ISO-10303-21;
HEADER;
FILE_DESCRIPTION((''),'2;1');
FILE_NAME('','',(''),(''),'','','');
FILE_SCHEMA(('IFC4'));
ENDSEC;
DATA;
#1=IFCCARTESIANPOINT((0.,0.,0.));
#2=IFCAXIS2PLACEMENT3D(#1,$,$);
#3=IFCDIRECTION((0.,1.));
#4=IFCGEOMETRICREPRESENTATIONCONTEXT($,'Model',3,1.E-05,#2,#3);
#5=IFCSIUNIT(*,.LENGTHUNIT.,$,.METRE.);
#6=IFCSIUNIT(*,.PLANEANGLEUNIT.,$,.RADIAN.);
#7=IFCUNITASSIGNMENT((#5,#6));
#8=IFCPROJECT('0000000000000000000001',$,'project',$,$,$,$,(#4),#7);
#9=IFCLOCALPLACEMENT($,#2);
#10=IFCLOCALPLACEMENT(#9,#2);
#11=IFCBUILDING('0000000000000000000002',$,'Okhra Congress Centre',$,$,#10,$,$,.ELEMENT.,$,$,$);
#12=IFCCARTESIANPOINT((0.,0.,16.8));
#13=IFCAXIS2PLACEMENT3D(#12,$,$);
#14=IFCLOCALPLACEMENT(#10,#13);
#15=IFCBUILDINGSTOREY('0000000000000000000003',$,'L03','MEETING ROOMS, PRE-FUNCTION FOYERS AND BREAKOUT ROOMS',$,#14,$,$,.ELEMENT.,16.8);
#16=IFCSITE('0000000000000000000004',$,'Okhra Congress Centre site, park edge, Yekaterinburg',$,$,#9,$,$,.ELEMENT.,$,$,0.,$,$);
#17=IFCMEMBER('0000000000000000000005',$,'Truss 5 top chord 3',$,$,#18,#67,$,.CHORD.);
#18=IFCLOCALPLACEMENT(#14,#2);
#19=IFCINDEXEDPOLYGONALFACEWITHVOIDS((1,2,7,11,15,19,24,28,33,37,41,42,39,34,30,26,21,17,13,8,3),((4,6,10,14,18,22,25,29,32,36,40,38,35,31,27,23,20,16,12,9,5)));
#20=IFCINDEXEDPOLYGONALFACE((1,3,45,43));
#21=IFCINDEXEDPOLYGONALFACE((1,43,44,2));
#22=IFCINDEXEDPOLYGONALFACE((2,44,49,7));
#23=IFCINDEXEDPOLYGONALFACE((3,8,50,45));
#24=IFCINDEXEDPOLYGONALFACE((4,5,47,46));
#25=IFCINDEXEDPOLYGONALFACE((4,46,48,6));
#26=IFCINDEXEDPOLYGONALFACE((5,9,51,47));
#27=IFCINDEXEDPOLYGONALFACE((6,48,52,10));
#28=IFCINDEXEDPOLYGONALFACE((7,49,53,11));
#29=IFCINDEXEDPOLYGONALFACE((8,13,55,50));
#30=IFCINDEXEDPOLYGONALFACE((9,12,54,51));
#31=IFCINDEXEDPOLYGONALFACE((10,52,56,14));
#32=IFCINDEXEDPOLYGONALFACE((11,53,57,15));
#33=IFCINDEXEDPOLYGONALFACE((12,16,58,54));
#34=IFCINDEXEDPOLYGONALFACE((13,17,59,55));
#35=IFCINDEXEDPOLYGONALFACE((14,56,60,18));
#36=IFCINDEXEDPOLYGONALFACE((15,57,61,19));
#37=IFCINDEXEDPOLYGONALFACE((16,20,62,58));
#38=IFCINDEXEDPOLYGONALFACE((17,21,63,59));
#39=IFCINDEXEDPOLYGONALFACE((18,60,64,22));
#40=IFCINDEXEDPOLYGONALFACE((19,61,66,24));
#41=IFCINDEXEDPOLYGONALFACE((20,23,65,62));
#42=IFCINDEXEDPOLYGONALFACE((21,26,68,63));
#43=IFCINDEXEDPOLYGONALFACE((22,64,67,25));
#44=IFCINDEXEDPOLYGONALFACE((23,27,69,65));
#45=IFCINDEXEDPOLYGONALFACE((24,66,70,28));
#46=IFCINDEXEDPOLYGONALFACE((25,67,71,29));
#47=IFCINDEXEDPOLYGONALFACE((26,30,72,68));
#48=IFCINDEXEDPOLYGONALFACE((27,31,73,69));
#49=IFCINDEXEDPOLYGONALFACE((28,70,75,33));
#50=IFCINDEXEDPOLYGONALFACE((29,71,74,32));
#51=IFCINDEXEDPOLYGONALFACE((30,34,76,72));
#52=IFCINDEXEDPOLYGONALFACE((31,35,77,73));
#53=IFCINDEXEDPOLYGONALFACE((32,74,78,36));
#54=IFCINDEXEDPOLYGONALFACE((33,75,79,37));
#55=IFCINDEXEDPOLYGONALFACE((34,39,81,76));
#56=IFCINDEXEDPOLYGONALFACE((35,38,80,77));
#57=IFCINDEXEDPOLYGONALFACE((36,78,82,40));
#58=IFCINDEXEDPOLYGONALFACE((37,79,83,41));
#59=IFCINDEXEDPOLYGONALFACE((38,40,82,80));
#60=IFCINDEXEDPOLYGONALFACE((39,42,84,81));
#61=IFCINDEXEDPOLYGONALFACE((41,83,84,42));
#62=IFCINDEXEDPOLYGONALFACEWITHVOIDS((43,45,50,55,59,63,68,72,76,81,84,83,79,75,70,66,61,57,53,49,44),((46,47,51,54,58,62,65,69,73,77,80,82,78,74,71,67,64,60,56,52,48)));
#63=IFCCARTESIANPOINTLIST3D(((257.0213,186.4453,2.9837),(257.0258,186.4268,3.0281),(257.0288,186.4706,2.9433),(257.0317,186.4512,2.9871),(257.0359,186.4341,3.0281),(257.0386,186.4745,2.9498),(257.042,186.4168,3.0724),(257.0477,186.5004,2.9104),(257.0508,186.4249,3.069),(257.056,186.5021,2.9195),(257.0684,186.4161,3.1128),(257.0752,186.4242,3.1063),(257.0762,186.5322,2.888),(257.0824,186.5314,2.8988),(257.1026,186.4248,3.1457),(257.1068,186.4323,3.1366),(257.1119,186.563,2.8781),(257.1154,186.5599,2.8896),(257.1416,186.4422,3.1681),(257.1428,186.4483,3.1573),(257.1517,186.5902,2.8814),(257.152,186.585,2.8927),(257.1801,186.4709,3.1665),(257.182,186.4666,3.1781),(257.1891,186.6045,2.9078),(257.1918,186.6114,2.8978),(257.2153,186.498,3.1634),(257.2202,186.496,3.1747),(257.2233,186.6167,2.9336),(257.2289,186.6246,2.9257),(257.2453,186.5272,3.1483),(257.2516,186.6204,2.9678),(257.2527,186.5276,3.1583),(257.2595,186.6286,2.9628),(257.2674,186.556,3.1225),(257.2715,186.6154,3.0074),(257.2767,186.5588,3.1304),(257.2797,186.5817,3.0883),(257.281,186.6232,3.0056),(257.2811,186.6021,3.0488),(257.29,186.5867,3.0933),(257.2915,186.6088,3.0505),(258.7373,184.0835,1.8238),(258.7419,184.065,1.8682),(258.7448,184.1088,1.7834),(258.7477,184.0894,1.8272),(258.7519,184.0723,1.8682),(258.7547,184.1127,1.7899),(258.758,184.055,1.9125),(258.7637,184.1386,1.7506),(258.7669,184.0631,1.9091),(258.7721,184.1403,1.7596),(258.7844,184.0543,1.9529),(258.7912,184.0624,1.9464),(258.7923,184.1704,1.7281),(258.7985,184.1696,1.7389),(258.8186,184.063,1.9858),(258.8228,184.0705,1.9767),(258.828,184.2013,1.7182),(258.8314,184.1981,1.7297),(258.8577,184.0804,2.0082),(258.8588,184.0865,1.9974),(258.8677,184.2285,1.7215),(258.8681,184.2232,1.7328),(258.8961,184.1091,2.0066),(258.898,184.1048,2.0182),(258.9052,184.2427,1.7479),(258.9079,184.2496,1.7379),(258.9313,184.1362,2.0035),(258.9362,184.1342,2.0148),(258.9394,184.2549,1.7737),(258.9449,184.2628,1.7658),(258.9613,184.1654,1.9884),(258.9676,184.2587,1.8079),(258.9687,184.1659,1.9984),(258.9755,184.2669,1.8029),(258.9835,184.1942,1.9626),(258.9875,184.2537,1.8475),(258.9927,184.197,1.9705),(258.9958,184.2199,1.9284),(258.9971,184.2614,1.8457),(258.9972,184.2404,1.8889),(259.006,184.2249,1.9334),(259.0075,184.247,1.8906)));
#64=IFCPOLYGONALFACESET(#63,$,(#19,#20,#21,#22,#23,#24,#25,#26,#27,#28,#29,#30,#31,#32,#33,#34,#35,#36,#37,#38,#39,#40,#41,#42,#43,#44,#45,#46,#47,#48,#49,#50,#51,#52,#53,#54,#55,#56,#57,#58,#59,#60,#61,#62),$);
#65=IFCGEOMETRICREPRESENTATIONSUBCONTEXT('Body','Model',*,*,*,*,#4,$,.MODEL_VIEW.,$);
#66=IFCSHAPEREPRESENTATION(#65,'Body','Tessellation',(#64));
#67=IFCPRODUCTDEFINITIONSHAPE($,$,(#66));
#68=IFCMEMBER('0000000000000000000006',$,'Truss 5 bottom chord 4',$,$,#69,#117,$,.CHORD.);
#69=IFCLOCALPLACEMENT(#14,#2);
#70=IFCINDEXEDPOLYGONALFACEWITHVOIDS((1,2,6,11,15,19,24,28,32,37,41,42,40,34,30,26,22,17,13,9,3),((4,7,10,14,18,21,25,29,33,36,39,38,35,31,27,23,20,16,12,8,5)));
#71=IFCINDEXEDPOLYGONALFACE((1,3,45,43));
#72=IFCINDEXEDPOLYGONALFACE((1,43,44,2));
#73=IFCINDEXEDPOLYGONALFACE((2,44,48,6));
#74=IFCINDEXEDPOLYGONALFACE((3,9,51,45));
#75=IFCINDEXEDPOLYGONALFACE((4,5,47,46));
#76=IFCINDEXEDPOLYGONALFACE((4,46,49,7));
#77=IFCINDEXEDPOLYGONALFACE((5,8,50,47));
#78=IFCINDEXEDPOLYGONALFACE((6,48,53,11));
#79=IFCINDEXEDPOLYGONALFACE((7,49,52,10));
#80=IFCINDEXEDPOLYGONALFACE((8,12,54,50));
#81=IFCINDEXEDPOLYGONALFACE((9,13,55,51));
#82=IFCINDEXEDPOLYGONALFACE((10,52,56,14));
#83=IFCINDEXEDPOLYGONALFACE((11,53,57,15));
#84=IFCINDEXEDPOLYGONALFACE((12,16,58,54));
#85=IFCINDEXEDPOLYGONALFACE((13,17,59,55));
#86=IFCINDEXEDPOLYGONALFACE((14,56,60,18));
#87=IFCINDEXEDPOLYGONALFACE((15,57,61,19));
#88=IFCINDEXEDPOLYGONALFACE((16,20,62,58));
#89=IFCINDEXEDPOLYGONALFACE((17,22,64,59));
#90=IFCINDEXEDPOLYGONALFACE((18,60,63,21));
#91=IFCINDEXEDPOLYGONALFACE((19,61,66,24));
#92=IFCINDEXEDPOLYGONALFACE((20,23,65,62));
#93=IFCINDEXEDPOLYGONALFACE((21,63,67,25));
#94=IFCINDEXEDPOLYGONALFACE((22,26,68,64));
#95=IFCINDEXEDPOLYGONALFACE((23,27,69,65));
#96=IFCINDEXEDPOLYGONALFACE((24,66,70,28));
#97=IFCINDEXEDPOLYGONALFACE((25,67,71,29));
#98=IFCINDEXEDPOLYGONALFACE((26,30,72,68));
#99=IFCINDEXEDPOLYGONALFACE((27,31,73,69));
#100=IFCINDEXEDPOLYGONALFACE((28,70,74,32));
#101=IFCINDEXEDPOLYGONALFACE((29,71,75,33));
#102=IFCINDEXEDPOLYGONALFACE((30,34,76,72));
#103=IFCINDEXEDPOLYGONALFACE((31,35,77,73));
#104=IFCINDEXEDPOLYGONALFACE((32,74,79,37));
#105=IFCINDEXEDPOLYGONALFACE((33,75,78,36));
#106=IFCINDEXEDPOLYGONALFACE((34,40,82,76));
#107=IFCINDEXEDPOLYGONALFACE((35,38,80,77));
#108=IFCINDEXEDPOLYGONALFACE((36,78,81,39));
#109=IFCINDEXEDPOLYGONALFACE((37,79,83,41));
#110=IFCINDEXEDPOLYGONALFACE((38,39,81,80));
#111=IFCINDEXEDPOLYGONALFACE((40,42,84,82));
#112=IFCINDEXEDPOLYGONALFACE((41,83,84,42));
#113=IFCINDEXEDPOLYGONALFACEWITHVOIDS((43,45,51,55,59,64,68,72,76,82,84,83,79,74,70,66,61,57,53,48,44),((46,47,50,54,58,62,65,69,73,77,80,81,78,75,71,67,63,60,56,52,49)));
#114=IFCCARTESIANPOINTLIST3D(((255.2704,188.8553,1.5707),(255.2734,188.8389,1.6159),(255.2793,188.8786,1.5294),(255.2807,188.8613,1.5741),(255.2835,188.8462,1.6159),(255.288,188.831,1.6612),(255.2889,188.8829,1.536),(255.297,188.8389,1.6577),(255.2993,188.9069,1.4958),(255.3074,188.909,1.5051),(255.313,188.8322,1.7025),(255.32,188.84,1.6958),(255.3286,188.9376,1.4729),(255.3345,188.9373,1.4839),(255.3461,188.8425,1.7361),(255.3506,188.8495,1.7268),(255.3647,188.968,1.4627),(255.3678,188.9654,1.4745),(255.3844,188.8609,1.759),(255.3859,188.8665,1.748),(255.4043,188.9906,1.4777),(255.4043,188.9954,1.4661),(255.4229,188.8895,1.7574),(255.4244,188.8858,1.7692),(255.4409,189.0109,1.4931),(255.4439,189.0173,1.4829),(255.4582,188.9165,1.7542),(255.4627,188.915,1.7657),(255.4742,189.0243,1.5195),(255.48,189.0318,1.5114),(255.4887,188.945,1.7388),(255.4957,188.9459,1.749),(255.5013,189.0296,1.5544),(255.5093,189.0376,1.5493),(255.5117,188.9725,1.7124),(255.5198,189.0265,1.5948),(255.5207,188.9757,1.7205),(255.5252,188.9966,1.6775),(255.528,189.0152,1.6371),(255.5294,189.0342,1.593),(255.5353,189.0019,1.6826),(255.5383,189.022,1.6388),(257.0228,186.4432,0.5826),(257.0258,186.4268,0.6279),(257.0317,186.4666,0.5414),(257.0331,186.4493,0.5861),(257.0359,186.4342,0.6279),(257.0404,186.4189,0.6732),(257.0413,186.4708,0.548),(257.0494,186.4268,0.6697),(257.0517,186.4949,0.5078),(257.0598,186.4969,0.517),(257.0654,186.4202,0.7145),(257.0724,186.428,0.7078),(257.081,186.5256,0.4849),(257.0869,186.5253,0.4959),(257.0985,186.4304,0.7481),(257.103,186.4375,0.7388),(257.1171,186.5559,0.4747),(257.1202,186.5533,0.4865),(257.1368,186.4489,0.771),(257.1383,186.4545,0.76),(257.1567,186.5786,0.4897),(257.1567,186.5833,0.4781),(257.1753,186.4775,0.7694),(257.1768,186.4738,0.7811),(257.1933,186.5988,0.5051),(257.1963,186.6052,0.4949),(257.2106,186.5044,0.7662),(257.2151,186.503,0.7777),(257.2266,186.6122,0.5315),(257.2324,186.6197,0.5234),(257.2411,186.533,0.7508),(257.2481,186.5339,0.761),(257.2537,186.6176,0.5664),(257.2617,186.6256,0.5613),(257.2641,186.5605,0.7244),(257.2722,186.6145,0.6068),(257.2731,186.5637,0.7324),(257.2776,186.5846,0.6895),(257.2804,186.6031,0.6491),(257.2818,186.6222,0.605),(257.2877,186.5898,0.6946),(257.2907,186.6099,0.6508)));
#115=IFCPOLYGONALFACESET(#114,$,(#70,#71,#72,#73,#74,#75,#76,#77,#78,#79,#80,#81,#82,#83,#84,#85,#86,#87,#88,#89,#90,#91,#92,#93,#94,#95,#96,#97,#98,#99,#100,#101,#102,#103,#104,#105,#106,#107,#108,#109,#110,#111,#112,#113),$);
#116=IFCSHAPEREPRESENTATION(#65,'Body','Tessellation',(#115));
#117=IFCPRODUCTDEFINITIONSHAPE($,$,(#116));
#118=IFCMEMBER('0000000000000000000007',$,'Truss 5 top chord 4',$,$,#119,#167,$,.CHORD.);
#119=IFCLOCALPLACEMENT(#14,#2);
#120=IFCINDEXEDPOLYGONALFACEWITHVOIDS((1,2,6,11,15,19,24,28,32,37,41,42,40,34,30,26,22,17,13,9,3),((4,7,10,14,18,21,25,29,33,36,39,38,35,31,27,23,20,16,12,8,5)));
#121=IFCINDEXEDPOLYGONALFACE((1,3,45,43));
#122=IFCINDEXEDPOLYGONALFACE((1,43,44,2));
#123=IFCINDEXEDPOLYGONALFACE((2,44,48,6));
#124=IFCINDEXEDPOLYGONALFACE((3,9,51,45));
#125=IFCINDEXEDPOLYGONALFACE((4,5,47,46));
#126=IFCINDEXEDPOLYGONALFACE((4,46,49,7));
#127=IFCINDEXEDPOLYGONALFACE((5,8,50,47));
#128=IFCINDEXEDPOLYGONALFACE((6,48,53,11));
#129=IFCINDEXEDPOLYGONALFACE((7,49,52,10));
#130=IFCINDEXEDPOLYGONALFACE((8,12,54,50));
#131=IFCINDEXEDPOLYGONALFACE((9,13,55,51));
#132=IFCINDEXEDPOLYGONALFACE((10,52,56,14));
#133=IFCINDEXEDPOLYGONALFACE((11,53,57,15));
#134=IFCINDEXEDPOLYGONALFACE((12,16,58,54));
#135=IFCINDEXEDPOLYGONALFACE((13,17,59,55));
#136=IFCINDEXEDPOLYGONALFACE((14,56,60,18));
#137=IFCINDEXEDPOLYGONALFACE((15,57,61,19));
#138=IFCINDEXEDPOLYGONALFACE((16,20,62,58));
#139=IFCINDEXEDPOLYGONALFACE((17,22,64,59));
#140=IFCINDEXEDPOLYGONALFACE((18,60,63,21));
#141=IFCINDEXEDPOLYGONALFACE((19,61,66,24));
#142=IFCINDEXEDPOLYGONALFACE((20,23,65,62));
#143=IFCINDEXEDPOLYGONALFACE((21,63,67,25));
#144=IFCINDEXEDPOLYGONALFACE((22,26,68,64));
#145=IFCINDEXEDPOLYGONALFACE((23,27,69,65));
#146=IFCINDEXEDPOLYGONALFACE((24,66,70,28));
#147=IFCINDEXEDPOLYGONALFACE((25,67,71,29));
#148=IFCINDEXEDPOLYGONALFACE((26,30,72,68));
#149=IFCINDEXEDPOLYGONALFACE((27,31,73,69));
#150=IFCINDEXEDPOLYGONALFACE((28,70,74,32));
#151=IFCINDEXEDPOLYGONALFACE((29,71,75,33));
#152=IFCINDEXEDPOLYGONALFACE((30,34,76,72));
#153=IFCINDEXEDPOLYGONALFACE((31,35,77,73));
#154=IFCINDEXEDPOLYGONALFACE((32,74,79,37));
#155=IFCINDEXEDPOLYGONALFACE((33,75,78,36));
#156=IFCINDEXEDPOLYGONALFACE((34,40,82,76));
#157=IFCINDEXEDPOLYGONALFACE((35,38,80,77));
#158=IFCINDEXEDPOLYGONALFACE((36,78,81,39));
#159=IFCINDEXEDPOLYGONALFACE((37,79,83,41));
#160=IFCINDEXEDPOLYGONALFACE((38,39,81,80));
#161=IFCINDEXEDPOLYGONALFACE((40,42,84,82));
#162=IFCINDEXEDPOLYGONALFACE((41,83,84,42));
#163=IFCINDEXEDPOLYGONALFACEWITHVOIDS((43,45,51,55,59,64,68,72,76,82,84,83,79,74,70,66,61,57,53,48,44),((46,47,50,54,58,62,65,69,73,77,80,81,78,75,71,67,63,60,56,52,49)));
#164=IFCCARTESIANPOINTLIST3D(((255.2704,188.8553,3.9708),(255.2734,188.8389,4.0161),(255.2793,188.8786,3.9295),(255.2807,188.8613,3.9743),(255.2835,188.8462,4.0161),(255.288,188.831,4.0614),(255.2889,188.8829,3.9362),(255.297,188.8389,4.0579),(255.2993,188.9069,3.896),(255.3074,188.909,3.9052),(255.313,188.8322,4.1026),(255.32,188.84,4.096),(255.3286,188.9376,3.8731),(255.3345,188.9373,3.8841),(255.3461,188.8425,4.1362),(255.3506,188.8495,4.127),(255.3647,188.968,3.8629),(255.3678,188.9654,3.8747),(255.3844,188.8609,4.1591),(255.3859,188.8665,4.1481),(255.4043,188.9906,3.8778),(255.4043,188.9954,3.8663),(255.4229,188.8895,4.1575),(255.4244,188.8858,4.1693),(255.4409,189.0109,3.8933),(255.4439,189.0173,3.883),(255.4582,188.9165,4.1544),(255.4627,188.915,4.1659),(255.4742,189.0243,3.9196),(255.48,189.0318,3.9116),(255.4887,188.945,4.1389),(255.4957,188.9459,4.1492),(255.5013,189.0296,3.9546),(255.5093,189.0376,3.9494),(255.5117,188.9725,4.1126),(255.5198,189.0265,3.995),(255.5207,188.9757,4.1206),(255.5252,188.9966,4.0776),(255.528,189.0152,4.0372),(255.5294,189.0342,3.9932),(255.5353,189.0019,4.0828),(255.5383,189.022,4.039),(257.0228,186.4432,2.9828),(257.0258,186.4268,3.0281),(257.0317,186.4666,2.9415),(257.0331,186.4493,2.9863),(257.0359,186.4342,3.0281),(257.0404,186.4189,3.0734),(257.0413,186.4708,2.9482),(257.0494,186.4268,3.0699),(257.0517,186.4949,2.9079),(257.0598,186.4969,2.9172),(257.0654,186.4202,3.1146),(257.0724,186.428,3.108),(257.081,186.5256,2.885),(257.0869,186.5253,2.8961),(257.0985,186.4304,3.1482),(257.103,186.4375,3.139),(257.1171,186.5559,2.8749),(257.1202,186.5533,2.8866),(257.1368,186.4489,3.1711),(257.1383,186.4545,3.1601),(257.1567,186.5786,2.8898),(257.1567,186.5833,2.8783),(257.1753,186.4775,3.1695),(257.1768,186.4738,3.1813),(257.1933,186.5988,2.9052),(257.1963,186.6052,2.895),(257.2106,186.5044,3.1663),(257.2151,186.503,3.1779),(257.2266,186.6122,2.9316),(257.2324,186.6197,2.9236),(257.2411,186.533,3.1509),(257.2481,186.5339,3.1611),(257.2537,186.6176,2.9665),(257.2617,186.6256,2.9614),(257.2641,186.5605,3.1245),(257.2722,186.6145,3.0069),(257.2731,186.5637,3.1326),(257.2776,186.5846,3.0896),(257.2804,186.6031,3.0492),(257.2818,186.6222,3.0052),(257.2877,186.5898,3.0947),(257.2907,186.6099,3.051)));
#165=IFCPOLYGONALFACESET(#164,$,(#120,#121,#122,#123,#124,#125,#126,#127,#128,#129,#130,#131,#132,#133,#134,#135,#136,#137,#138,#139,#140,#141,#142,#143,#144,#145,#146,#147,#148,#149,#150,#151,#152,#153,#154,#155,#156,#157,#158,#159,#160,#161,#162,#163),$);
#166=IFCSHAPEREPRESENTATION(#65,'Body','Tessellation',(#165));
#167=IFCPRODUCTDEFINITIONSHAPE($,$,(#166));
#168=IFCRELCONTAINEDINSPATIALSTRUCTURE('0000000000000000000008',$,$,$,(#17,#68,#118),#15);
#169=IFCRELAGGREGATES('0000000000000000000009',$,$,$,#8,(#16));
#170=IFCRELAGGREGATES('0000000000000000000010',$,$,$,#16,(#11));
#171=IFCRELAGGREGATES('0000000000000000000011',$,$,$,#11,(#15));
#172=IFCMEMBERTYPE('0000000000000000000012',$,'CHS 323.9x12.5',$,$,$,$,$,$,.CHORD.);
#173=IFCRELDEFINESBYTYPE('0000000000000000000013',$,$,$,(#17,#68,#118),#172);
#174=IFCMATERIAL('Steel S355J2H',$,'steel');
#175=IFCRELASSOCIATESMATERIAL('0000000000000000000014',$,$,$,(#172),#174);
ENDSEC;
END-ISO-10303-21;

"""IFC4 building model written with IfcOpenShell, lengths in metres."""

from ifc_helpers import new_model, si_unit, direction, frame, origin, origin_2d, place, context, subcontext, project, spatial, hollow_circle, extrude, material, material_profile, profile_set, type_object, element, save


model = new_model("IFC4")

# Units and contexts
model_context = context("Model", 3, precision=1e-05, world=origin(), true_north=direction((0.0, 1.0)))
body_context = subcontext(model_context, "Body", "Model", "MODEL_VIEW")
ifc_project = project(units=[si_unit("LENGTHUNIT", "METRE"), si_unit("PLANEANGLEUNIT", "RADIAN")], contexts=[model_context])

# Site, building, storey
site_placement = place(None, origin())
site = spatial("IfcSite", under=ifc_project, at=site_placement, Name="Okhra Congress Centre site, park edge, Yekaterinburg", CompositionType="ELEMENT", RefElevation=0.0)
building_placement = place(site_placement, origin())
building = spatial("IfcBuilding", under=site, at=building_placement, Name="Okhra Congress Centre", CompositionType="ELEMENT")
storey_placement = place(building_placement, frame((0.0, 0.0, 16.8)))
storey = spatial("IfcBuildingStorey", under=building, at=storey_placement, Name="L03", Description="MEETING ROOMS, PRE-FUNCTION FOYERS AND BREAKOUT ROOMS", CompositionType="ELEMENT", Elevation=16.8)

# Members
ifc_material_1 = material(Name="Steel S355J2H", Category="steel")
ifc_material_profile_1 = material_profile(ifc_material_1, hollow_circle(Radius=0.1619, WallThickness=0.0125, at=origin_2d()), Name="CHS 323.9x12.5")
ifc_profile_set_1 = profile_set([ifc_material_profile_1], Name="Steel S355J2H")
member_type_1 = type_object("IfcMemberType", Name="CHS 323.9x12.5", PredefinedType="CHORD", material=ifc_profile_set_1)
for number, where, z_axis, x_axis, name in (
    (1, (258.8728, 184.1602, 1.8682), (-0.546272, 0.751833, 0.369233), (-0.809, -0.587809, 0.0), "Truss 5 top chord 3"),
):
    element("IfcMember", number, at=place(storey_placement, frame(where, z_axis=z_axis, x_axis=x_axis)), inside=storey, type_object=member_type_1, Name=name, PredefinedType="CHORD", context=body_context, shape_type="SweptSolid", body=[
        extrude(hollow_circle(Radius=0.1619, WallThickness=0.0125, at=origin_2d()), origin(), (0.0, 0.0, 1.0), 3.1414),
    ])
for number, where, z_axis, x_axis, name in (
    (2, (257.1567, 186.522, 0.6279), (-0.557934, 0.767956, 0.314567), (-0.809026, -0.587772, 0.0), "Truss 5 bottom chord 4"),
    (3, (257.1567, 186.522, 3.0281), (-0.557934, 0.767956, 0.314567), (-0.809026, -0.587772, 0.0), "Truss 5 top chord 4"),
):
    element("IfcMember", number, at=place(storey_placement, frame(where, z_axis=z_axis, x_axis=x_axis)), inside=storey, type_object=member_type_1, Name=name, PredefinedType="CHORD", context=body_context, shape_type="SweptSolid", body=[
        extrude(hollow_circle(Radius=0.1619, WallThickness=0.0125, at=origin_2d()), origin(), (0.0, 0.0, 1.0), 3.1409),
    ])

save(model, "model.ifc")
